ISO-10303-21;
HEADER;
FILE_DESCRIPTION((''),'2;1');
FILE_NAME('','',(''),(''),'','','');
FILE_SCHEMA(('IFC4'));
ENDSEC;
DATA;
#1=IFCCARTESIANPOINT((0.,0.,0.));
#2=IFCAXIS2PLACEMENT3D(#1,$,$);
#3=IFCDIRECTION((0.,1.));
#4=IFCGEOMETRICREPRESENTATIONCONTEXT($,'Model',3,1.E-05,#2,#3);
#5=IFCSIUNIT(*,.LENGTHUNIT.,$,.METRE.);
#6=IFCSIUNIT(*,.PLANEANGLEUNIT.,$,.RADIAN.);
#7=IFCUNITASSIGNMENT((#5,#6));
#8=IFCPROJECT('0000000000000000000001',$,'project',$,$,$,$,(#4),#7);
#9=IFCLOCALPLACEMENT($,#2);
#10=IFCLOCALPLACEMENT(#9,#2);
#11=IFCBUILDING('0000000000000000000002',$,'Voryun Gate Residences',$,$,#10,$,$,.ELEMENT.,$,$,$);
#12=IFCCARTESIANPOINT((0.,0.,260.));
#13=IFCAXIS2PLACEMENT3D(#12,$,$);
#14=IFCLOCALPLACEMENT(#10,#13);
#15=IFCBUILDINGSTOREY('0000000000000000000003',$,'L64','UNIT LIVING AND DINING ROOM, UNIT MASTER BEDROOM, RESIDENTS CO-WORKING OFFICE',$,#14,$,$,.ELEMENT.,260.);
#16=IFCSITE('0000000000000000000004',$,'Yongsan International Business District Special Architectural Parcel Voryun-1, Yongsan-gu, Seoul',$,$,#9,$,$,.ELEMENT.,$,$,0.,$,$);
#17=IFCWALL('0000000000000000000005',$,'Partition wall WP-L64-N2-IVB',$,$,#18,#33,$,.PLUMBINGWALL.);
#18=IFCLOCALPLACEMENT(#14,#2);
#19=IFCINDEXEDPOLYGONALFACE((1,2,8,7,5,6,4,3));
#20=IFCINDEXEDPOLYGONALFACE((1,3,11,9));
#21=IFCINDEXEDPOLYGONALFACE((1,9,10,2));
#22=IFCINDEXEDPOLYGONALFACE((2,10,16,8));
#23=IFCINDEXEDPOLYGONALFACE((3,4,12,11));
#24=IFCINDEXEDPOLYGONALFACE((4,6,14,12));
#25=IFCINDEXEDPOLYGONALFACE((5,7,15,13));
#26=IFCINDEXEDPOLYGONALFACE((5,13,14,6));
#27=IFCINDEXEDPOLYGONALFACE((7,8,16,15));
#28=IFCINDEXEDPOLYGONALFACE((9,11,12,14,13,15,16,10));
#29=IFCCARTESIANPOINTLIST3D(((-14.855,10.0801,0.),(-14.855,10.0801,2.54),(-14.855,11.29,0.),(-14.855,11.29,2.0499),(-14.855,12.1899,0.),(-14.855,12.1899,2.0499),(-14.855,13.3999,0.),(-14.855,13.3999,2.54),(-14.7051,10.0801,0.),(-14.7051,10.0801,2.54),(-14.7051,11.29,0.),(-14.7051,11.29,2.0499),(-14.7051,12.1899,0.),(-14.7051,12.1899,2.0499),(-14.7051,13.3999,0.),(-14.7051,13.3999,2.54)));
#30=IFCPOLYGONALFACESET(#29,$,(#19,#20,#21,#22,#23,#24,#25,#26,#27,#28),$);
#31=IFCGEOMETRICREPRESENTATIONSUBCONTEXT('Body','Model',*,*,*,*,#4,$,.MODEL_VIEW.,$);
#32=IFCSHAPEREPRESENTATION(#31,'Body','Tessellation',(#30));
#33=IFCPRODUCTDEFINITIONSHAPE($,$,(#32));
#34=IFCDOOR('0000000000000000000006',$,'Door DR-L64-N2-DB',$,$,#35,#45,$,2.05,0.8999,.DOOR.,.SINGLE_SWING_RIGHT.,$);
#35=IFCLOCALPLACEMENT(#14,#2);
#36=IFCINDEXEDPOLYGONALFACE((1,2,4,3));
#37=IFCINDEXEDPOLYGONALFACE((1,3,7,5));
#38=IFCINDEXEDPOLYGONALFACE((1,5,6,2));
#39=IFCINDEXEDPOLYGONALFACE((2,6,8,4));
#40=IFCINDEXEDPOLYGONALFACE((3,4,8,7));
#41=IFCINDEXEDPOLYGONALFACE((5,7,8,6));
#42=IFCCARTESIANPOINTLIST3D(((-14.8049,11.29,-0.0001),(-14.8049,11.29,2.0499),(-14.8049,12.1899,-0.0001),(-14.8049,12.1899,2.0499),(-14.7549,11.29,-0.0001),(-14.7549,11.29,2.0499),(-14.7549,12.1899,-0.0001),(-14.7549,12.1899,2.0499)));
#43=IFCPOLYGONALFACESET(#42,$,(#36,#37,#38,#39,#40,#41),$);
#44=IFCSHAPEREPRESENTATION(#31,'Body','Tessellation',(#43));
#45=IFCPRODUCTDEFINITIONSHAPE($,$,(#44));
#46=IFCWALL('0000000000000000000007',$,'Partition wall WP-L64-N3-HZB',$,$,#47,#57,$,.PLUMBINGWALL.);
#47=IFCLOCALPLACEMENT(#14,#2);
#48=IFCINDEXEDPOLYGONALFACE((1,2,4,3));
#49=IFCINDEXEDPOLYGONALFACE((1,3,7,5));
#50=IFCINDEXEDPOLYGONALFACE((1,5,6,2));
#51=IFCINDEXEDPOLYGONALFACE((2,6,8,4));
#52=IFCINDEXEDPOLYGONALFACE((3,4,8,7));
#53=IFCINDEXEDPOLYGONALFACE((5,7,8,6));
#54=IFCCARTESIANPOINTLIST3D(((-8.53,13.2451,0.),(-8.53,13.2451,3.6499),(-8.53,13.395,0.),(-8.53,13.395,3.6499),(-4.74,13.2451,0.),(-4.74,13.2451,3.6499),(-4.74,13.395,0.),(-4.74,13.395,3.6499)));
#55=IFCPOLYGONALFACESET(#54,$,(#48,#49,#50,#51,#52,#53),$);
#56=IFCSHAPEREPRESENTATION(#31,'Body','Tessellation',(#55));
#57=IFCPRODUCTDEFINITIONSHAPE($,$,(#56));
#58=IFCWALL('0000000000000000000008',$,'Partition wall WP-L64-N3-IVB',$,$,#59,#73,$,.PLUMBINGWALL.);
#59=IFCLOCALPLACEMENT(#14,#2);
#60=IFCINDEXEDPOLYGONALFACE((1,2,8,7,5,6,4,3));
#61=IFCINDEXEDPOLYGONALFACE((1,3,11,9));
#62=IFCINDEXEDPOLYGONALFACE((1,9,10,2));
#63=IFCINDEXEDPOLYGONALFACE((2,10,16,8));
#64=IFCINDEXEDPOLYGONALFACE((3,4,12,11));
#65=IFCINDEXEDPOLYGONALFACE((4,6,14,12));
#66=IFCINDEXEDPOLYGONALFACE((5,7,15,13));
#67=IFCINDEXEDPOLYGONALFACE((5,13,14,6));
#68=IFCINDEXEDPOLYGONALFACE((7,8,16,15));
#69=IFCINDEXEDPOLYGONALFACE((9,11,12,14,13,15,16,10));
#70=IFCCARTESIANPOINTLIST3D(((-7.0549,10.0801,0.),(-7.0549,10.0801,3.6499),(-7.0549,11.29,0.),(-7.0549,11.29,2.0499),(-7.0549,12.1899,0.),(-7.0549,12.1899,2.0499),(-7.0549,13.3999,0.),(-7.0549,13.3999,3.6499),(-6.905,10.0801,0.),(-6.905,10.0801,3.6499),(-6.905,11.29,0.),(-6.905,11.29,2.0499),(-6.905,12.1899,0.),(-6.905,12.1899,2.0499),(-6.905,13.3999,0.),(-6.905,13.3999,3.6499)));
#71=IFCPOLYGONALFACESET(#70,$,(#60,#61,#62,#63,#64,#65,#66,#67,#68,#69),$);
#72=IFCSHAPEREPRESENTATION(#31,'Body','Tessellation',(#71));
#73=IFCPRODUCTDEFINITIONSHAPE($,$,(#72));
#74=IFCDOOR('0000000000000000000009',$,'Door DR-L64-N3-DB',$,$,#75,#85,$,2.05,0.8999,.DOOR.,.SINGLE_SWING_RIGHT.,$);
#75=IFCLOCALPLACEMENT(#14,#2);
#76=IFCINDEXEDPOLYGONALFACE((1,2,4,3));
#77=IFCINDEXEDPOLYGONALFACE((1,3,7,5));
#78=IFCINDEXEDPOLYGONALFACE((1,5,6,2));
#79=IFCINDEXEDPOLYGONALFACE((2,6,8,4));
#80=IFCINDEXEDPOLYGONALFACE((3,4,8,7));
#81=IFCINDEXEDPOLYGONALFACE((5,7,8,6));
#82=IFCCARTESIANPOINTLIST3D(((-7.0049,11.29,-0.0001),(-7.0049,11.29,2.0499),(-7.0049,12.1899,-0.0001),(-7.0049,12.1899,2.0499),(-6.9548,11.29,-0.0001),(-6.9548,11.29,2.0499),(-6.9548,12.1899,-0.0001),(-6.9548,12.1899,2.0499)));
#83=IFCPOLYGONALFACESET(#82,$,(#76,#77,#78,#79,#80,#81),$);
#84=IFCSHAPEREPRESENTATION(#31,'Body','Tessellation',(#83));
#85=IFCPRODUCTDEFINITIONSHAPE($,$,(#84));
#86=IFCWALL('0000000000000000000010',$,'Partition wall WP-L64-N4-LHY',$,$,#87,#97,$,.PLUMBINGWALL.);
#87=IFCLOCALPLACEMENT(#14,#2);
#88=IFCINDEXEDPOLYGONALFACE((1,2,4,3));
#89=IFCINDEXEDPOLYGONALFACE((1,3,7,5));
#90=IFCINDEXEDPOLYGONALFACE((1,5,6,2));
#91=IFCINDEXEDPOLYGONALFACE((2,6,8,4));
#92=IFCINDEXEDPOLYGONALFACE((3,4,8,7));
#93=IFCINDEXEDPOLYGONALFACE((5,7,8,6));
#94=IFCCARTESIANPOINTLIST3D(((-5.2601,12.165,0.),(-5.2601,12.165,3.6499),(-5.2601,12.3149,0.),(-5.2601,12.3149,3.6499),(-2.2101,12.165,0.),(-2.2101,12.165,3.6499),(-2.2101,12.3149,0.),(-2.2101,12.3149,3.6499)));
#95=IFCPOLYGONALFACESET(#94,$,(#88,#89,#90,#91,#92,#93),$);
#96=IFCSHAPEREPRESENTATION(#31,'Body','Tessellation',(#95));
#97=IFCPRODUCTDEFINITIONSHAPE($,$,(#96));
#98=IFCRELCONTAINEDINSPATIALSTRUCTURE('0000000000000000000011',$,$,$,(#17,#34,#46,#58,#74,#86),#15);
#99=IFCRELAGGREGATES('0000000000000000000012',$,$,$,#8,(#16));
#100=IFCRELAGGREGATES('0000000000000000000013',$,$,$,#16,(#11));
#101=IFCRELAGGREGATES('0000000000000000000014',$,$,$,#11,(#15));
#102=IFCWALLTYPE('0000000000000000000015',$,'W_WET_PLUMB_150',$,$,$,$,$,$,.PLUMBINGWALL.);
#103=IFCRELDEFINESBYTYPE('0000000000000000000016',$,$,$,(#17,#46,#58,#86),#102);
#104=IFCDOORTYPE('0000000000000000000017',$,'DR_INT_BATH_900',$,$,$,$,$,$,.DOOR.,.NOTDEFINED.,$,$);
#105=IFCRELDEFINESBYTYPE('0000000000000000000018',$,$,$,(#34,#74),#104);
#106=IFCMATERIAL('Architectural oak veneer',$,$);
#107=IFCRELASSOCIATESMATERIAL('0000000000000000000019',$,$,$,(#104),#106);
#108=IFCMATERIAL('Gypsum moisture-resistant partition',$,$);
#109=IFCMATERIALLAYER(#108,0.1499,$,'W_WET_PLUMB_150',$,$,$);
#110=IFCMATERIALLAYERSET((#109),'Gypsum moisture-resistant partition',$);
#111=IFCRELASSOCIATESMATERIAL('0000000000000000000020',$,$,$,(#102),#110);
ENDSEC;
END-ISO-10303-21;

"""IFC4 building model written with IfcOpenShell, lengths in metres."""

from ifc_helpers import new_model, si_unit, direction, frame, frame_2d, origin, place, context, subcontext, project, spatial, rectangle, extrude, material, layer, layer_set, type_object, element, fill, save


model = new_model("IFC4")

# Units and contexts
model_context = context("Model", 3, precision=1e-05, world=origin(), true_north=direction((0.0, 1.0)))
body_context = subcontext(model_context, "Body", "Model", "MODEL_VIEW")
ifc_project = project(units=[si_unit("LENGTHUNIT", "METRE"), si_unit("PLANEANGLEUNIT", "RADIAN")], contexts=[model_context])

# Site, building, storey
site_placement = place(None, origin())
site = spatial("IfcSite", under=ifc_project, at=site_placement, Name="Yongsan International Business District Special Architectural Parcel Voryun-1, Yongsan-gu, Seoul", CompositionType="ELEMENT", RefElevation=0.0)
building_placement = place(site_placement, origin())
building = spatial("IfcBuilding", under=site, at=building_placement, Name="Voryun Gate Residences", CompositionType="ELEMENT")
storey_placement = place(building_placement, frame((0.0, 0.0, 260.0)))
storey = spatial("IfcBuildingStorey", under=building, at=storey_placement, Name="L64", Description="UNIT LIVING AND DINING ROOM, UNIT MASTER BEDROOM, RESIDENTS CO-WORKING OFFICE", CompositionType="ELEMENT", Elevation=260.0)

# Shared definitions
ifc_material_1 = material(Name="Architectural oak veneer")
door_type_1 = type_object("IfcDoorType", Name="DR_INT_BATH_900", OperationType="NOTDEFINED", PredefinedType="DOOR", material=ifc_material_1)

# Wall, opening, door
ifc_material_2 = material(Name="Gypsum moisture-resistant partition")
ifc_layer_1 = layer(ifc_material_2, 0.1499, Name="W_WET_PLUMB_150")
ifc_layer_set_1 = layer_set([ifc_layer_1], Name="Gypsum moisture-resistant partition")
wall_type_1 = type_object("IfcWallType", Name="W_WET_PLUMB_150", PredefinedType="PLUMBINGWALL", material=ifc_layer_set_1)
wall_1_placement = place(storey_placement, frame((-14.78, 10.0801, 0.0), z_axis=(0.0, 0.0, 1.0), x_axis=(0.0, 1.0, 0.0)))
wall_1 = element("IfcWall", 1, at=wall_1_placement, inside=storey, type_object=wall_type_1, Name="Partition wall WP-L64-N2-IVB", PredefinedType="PLUMBINGWALL", context=body_context, shape_type="SweptSolid", body=[
    extrude(rectangle(XDim=3.3198, YDim=0.1499, at=frame_2d((1.6599, 0.0))), origin(), (0.0, 0.0, 1.0), 2.54),
])
opening_1_placement = place(wall_1_placement, frame((1.21, 0.0, 0.0)))
opening_1 = element("IfcOpeningElement", 2, at=opening_1_placement, cuts=wall_1, PredefinedType="OPENING", context=body_context, shape_type="SweptSolid", body=[
    extrude(rectangle(XDim=0.8999, YDim=2.05, at=frame_2d((0.45, 1.0249))), frame((0.0, 0.085, 0.0), z_axis=(0.0, -1.0, 0.0), x_axis=(1.0, 0.0, 0.0)), (0.0, 0.0, 1.0), 0.1699),
])
door_1_placement = place(opening_1_placement, origin())
door_1 = element("IfcDoor", 3, at=door_1_placement, inside=storey, type_object=door_type_1, Name="Door DR-L64-N2-DB", OperationType="SINGLE_SWING_RIGHT", OverallHeight=2.05, OverallWidth=0.8999, PredefinedType="DOOR", context=body_context, shape_type="SweptSolid", body=[
    extrude(rectangle(XDim=0.8999, YDim=2.05, at=frame_2d((0.45, 1.0249))), frame((0.0, 0.0249, 0.0), z_axis=(0.0, -1.0, 0.0), x_axis=(1.0, 0.0, 0.0)), (0.0, 0.0, 1.0), 0.05),
])
fill(opening_1, door_1)

# Wall
wall_2_placement = place(storey_placement, frame((-8.53, 13.3201, 0.0), z_axis=(0.0, 0.0, 1.0), x_axis=(1.0, 0.0, 0.0)))
element("IfcWall", 4, at=wall_2_placement, inside=storey, type_object=wall_type_1, Name="Partition wall WP-L64-N3-HZB", PredefinedType="PLUMBINGWALL", context=body_context, shape_type="SweptSolid", body=[
    extrude(rectangle(XDim=3.79, YDim=0.1499, at=frame_2d((1.895, 0.0))), origin(), (0.0, 0.0, 1.0), 3.6499),
])

# Wall, opening, door
wall_3_placement = place(storey_placement, frame((-6.98, 10.0801, 0.0), z_axis=(0.0, 0.0, 1.0), x_axis=(0.0, 1.0, 0.0)))
wall_3 = element("IfcWall", 5, at=wall_3_placement, inside=storey, type_object=wall_type_1, Name="Partition wall WP-L64-N3-IVB", PredefinedType="PLUMBINGWALL", context=body_context, shape_type="SweptSolid", body=[
    extrude(rectangle(XDim=3.3198, YDim=0.1499, at=frame_2d((1.6599, 0.0))), origin(), (0.0, 0.0, 1.0), 3.6499),
])
opening_2_placement = place(wall_3_placement, frame((1.21, 0.0, 0.0)))
opening_2 = element("IfcOpeningElement", 6, at=opening_2_placement, cuts=wall_3, PredefinedType="OPENING", context=body_context, shape_type="SweptSolid", body=[
    extrude(rectangle(XDim=0.8999, YDim=2.05, at=frame_2d((0.45, 1.0249))), frame((0.0, 0.085, 0.0), z_axis=(0.0, -1.0, 0.0), x_axis=(1.0, 0.0, 0.0)), (0.0, 0.0, 1.0), 0.1699),
])
door_2_placement = place(opening_2_placement, origin())
door_2 = element("IfcDoor", 7, at=door_2_placement, inside=storey, type_object=door_type_1, Name="Door DR-L64-N3-DB", OperationType="SINGLE_SWING_RIGHT", OverallHeight=2.05, OverallWidth=0.8999, PredefinedType="DOOR", context=body_context, shape_type="SweptSolid", body=[
    extrude(rectangle(XDim=0.8999, YDim=2.05, at=frame_2d((0.45, 1.0249))), frame((0.0, 0.0249, 0.0), z_axis=(0.0, -1.0, 0.0), x_axis=(1.0, 0.0, 0.0)), (0.0, 0.0, 1.0), 0.05),
])
fill(opening_2, door_2)

# Wall
wall_4_placement = place(storey_placement, frame((-5.26, 12.24, 0.0), z_axis=(0.0, 0.0, 1.0), x_axis=(1.0, 0.0, 0.0)))
element("IfcWall", 8, at=wall_4_placement, inside=storey, type_object=wall_type_1, Name="Partition wall WP-L64-N4-LHY", PredefinedType="PLUMBINGWALL", context=body_context, shape_type="SweptSolid", body=[
    extrude(rectangle(XDim=3.05, YDim=0.1499, at=frame_2d((1.5249, 0.0))), origin(), (0.0, 0.0, 1.0), 3.6499),
])

save(model, "model.ifc")
